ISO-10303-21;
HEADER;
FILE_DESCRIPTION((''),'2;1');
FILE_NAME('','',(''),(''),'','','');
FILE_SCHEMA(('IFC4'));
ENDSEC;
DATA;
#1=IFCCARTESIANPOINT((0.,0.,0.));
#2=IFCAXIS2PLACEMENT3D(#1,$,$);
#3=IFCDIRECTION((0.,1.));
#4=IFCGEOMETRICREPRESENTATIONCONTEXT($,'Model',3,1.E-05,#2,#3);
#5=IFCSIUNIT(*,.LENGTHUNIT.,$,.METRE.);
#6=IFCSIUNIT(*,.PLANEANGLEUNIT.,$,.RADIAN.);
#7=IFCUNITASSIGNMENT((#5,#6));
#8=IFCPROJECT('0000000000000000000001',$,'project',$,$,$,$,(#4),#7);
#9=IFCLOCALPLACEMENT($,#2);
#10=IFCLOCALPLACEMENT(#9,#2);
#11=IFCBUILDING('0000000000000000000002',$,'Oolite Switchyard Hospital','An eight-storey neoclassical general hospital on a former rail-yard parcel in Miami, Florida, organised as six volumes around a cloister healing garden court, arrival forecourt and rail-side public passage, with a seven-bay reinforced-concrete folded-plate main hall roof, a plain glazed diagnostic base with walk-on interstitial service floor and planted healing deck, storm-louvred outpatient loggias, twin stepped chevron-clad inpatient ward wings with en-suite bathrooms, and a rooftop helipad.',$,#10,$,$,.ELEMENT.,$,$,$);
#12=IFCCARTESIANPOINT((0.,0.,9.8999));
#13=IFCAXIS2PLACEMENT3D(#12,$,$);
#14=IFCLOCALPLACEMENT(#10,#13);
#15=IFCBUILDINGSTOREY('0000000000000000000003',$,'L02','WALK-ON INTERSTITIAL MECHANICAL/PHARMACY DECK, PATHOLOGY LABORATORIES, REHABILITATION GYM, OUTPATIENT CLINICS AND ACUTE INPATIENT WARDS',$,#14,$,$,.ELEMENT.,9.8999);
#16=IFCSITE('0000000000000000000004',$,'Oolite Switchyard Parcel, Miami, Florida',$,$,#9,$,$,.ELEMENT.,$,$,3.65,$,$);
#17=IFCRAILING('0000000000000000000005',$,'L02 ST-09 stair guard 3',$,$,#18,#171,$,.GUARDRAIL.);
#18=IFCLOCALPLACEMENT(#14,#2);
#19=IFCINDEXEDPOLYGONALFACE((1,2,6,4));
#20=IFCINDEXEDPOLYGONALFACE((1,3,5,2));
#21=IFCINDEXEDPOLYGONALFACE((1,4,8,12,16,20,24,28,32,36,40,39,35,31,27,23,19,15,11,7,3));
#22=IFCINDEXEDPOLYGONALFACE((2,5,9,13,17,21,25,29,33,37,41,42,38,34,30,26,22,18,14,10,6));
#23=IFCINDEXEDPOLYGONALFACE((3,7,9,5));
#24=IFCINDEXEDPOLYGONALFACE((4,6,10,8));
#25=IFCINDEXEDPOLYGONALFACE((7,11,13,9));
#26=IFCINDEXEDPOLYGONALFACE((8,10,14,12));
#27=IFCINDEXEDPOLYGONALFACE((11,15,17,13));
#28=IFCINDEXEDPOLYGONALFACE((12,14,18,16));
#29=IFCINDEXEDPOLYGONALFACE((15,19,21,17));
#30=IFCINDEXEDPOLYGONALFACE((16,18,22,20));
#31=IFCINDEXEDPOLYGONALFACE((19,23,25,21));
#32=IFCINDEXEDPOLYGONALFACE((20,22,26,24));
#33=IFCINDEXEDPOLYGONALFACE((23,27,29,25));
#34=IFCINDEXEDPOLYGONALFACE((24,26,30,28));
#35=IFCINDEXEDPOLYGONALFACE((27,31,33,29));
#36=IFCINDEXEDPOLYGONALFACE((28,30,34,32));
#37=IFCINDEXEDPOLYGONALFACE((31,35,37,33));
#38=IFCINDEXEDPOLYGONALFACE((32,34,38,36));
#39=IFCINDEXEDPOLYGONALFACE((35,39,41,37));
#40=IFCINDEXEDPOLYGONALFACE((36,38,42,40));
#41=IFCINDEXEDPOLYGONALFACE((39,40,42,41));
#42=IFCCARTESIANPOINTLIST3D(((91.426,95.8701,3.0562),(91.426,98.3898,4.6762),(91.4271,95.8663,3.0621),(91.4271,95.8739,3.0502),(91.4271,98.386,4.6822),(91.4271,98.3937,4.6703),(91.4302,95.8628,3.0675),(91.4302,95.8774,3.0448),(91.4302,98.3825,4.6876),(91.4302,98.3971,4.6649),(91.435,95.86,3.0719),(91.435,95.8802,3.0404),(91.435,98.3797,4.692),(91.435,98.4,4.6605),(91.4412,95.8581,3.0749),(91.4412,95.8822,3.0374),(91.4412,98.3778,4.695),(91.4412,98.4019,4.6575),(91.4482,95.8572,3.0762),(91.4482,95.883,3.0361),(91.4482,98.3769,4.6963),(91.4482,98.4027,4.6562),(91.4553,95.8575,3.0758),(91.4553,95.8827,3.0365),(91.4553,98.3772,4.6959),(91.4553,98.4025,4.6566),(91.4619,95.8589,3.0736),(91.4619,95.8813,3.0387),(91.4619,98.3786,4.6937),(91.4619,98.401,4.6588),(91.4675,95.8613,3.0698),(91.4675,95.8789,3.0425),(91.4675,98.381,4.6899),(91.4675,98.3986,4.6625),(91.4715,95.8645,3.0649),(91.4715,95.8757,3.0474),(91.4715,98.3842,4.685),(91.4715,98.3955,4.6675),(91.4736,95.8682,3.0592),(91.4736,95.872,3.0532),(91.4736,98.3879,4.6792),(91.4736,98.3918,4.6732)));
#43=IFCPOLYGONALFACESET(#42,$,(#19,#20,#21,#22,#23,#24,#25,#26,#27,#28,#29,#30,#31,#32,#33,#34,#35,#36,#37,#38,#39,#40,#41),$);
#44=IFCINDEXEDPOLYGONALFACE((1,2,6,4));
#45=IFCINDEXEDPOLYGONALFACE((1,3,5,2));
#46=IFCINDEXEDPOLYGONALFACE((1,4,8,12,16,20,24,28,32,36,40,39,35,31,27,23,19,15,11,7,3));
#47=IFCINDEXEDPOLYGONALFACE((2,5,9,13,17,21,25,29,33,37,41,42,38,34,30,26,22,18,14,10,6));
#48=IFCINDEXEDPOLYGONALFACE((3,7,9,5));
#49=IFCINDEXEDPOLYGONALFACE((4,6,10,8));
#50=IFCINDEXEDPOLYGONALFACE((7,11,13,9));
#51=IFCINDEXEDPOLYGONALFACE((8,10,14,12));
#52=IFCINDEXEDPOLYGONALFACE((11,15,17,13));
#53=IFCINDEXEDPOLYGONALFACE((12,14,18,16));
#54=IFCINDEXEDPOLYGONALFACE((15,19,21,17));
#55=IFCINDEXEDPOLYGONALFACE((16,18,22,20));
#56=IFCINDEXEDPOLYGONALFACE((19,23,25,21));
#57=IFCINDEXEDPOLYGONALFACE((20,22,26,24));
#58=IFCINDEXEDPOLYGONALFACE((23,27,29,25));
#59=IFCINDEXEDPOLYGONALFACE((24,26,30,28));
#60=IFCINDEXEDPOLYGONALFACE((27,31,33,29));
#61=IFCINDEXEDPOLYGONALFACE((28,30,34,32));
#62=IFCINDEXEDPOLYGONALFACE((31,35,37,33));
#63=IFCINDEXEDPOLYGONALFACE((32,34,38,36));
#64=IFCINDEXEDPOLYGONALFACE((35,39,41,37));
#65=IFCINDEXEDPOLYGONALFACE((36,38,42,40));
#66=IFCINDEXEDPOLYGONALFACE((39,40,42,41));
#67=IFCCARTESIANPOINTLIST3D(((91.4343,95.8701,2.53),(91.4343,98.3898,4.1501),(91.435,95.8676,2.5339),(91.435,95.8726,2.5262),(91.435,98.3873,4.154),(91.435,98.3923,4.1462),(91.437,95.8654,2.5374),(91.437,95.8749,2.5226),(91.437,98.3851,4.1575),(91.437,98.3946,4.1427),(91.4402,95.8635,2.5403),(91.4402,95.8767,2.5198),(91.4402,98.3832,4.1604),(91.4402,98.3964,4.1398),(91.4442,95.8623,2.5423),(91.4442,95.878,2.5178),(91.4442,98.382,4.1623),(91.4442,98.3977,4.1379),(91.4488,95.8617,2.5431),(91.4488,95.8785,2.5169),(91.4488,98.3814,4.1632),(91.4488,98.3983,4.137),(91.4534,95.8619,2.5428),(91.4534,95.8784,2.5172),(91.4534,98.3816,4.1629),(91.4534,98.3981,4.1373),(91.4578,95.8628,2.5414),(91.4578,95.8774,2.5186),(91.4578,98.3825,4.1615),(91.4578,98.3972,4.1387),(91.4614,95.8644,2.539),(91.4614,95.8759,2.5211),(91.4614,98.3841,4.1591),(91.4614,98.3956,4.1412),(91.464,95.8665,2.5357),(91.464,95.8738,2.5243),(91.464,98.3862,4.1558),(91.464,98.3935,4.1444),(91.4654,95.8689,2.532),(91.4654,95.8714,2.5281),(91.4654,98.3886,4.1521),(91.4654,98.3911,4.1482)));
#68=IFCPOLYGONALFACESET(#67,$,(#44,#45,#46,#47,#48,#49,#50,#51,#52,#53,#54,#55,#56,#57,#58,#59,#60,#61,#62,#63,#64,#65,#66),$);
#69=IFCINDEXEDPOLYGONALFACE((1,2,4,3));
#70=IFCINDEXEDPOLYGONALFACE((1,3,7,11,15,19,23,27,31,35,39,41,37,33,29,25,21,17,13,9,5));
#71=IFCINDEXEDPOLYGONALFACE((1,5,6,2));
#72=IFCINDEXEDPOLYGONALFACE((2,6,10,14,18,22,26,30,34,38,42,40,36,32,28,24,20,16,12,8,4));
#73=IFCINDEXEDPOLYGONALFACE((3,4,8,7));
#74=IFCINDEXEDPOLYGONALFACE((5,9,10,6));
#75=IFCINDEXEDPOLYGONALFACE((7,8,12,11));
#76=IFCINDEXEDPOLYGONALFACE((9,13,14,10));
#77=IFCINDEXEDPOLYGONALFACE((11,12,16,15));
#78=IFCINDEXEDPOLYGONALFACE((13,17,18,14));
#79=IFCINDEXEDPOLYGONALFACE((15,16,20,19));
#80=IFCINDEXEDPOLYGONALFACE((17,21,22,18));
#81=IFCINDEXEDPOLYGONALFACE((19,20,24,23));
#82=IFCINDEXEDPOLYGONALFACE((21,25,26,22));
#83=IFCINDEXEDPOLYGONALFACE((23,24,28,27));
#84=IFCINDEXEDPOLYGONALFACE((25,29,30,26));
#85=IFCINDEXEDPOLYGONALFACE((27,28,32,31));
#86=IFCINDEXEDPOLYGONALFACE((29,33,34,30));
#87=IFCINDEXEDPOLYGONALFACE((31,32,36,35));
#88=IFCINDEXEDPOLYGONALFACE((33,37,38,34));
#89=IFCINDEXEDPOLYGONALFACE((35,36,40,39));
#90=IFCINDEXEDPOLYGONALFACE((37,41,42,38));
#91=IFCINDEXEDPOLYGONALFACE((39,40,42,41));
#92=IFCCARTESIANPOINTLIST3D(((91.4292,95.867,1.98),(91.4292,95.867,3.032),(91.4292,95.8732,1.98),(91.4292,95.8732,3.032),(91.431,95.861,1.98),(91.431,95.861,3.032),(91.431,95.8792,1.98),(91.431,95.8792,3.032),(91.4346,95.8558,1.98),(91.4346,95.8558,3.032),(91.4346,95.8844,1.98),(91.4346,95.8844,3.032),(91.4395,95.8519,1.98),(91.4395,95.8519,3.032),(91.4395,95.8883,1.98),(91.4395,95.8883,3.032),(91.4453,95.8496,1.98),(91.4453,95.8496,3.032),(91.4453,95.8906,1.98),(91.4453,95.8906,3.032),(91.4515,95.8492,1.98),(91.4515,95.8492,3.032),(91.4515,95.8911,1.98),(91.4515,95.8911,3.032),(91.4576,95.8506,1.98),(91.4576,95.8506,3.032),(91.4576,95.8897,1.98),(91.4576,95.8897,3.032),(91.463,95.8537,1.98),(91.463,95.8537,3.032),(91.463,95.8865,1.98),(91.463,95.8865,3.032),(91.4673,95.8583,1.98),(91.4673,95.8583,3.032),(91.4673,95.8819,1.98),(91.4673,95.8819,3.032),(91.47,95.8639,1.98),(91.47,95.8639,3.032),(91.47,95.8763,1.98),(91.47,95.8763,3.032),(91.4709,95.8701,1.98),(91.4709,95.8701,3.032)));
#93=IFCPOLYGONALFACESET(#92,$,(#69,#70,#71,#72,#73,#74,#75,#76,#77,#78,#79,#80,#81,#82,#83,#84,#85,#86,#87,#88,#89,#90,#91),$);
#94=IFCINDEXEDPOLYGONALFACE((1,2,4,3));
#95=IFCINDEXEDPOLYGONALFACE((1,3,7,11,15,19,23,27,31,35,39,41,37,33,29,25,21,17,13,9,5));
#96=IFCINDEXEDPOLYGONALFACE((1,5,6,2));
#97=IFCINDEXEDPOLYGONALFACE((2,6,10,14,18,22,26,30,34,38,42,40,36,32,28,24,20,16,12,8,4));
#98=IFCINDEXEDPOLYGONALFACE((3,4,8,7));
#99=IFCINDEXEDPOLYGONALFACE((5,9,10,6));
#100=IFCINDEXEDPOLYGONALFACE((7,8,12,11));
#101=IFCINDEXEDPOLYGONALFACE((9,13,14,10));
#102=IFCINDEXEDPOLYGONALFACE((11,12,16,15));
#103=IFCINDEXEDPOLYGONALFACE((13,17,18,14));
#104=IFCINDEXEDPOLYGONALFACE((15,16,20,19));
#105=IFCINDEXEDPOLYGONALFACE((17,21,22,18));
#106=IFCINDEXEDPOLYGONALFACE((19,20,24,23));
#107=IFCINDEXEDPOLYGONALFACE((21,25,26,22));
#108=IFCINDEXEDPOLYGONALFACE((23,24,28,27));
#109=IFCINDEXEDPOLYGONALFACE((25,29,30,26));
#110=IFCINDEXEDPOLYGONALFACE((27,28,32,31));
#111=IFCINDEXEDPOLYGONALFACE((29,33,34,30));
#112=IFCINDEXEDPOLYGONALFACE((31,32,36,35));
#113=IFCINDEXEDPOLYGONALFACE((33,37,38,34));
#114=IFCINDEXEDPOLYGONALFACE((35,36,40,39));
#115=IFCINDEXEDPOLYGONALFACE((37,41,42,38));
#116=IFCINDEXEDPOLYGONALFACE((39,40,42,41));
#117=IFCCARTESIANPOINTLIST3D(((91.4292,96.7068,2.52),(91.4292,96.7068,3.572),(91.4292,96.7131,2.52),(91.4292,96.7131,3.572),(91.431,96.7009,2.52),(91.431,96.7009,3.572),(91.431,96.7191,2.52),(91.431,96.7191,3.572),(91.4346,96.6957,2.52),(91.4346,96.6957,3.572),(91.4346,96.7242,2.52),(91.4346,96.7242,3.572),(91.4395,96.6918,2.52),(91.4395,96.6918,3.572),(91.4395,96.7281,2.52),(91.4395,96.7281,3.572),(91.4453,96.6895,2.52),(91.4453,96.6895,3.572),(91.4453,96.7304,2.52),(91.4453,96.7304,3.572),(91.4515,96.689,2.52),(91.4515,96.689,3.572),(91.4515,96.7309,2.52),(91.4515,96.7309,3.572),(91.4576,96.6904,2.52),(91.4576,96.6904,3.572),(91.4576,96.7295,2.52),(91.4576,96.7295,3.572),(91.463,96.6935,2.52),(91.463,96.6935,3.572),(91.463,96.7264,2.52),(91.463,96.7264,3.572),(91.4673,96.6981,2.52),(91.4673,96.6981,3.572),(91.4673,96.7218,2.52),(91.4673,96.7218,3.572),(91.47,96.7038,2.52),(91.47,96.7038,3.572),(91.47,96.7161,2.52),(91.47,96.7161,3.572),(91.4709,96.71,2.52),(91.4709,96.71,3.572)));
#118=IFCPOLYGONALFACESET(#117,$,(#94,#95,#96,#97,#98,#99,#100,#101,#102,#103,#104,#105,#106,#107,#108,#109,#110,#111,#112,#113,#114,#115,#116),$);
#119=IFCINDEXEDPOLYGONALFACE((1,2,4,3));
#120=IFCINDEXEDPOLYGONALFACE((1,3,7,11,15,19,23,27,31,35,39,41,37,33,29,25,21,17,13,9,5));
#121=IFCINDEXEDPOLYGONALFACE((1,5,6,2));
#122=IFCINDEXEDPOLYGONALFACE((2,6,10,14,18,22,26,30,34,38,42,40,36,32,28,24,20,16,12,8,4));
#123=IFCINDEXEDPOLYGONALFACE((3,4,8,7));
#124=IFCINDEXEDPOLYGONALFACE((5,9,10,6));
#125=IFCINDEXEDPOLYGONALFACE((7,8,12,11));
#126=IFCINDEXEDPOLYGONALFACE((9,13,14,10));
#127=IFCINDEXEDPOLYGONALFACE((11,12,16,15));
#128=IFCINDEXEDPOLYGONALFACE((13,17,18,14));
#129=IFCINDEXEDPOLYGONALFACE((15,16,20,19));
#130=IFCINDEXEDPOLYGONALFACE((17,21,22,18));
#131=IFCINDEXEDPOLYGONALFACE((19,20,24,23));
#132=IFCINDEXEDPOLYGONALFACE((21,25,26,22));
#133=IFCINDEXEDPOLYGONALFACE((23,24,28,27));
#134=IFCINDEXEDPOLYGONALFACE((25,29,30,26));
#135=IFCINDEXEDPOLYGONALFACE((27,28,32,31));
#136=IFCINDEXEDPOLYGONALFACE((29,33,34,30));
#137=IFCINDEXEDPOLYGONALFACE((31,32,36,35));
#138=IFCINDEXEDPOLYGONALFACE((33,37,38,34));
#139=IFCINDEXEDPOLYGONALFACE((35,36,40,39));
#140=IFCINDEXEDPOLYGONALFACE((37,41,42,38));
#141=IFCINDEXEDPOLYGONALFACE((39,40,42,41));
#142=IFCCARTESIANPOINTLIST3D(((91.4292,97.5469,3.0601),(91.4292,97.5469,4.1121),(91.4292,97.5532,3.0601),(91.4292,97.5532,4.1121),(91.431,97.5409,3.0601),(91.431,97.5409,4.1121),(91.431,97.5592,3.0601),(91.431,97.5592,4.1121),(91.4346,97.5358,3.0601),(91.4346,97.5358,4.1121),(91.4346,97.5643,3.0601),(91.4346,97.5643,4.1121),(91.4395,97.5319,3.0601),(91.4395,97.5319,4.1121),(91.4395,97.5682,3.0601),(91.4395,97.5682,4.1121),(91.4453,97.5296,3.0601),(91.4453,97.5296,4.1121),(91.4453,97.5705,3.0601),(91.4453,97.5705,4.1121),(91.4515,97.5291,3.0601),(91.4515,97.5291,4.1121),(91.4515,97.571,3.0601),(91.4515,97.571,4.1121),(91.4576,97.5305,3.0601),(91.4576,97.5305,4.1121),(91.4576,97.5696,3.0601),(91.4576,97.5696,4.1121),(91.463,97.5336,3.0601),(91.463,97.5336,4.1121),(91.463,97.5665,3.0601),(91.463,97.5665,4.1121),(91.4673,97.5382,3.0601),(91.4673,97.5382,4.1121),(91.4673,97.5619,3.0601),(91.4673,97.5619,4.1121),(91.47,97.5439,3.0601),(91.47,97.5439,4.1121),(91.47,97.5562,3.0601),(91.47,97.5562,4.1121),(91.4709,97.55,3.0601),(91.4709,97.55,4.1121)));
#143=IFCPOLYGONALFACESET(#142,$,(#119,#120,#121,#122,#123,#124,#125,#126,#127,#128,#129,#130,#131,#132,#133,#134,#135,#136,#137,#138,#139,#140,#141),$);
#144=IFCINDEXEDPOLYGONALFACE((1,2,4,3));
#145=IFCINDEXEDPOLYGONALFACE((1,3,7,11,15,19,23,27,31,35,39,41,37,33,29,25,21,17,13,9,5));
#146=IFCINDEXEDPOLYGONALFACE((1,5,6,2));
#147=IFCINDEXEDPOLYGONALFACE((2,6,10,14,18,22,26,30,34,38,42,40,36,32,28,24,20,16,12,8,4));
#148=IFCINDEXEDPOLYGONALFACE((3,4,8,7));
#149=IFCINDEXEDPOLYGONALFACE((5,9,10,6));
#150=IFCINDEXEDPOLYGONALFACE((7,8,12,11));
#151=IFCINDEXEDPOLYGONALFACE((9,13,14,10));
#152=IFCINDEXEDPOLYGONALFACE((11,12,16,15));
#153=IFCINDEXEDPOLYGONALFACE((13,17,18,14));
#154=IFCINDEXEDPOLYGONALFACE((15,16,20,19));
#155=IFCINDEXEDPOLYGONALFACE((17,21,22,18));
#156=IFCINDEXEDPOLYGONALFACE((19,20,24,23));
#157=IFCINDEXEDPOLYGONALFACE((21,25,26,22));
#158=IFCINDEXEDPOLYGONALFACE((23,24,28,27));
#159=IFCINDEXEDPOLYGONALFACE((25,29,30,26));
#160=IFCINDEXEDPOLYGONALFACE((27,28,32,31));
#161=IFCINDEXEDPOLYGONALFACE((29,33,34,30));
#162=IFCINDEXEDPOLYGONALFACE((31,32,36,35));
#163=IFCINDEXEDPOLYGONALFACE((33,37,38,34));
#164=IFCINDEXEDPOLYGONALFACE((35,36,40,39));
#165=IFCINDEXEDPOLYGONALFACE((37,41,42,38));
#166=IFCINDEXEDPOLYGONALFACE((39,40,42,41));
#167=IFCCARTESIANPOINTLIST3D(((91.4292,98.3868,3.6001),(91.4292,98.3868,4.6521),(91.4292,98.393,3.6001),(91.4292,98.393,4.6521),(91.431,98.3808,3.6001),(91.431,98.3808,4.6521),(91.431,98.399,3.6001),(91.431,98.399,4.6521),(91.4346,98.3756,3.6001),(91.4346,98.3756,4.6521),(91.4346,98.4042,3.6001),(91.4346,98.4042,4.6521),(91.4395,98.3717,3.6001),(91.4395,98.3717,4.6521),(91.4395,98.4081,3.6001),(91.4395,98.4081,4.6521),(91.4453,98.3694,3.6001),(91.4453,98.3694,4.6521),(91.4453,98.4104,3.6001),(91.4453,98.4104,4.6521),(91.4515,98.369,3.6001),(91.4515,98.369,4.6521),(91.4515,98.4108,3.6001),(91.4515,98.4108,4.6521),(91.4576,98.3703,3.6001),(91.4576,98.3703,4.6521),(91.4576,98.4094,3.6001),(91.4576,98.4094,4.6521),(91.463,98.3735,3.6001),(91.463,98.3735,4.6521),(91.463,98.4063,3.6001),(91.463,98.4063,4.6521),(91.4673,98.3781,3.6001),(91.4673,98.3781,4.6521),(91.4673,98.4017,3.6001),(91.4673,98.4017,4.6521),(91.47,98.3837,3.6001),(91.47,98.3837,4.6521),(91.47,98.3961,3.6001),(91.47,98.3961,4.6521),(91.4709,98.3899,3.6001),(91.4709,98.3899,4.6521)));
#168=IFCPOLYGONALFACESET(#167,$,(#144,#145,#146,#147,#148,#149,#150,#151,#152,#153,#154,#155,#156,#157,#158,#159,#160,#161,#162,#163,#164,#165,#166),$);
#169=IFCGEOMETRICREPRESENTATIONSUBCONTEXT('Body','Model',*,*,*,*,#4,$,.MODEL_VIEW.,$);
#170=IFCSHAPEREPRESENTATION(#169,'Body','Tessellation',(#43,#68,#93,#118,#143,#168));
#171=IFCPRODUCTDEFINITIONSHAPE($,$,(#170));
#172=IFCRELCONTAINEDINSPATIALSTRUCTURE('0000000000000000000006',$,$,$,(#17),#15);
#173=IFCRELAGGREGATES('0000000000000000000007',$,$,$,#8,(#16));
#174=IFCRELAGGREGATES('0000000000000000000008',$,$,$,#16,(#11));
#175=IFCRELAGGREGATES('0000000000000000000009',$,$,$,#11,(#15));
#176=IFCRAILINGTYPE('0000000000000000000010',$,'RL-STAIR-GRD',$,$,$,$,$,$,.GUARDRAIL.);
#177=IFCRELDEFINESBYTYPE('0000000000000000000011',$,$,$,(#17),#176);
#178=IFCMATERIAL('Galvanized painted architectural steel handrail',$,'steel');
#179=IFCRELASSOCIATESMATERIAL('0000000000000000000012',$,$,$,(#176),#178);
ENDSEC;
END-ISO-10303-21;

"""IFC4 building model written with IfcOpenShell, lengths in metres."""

from ifc_helpers import new_model, si_unit, direction, frame, origin, origin_2d, place, context, subcontext, project, spatial, circle, extrude, material, type_object, element, save


model = new_model("IFC4")

# Units and contexts
model_context = context("Model", 3, precision=1e-05, world=origin(), true_north=direction((0.0, 1.0)))
body_context = subcontext(model_context, "Body", "Model", "MODEL_VIEW")
ifc_project = project(units=[si_unit("LENGTHUNIT", "METRE"), si_unit("PLANEANGLEUNIT", "RADIAN")], contexts=[model_context])

# Site, building, storey
site_placement = place(None, origin())
site = spatial("IfcSite", under=ifc_project, at=site_placement, Name="Oolite Switchyard Parcel, Miami, Florida", CompositionType="ELEMENT", RefElevation=3.65)
building_placement = place(site_placement, origin())
building = spatial("IfcBuilding", under=site, at=building_placement, Name="Oolite Switchyard Hospital", Description="An eight-storey neoclassical general hospital on a former rail-yard parcel in Miami, Florida, organised as six volumes around a cloister healing garden court, arrival forecourt and rail-side public passage, with a seven-bay reinforced-concrete folded-plate main hall roof, a plain glazed diagnostic base with walk-on interstitial service floor and planted healing deck, storm-louvred outpatient loggias, twin stepped chevron-clad inpatient ward wings with en-suite bathrooms, and a rooftop helipad.", CompositionType="ELEMENT")
storey_placement = place(building_placement, frame((0.0, 0.0, 9.8999)))
storey = spatial("IfcBuildingStorey", under=building, at=storey_placement, Name="L02", Description="WALK-ON INTERSTITIAL MECHANICAL/PHARMACY DECK, PATHOLOGY LABORATORIES, REHABILITATION GYM, OUTPATIENT CLINICS AND ACUTE INPATIENT WARDS", CompositionType="ELEMENT", Elevation=9.8999)

# Railing
ifc_material_1 = material(Name="Galvanized painted architectural steel handrail", Category="steel")
railing_type_1 = type_object("IfcRailingType", Name="RL-STAIR-GRD", PredefinedType="GUARDRAIL", material=ifc_material_1)
railing_1_placement = place(storey_placement, frame((91.45, 95.8701, 1.98)))
element("IfcRailing", 1, at=railing_1_placement, inside=storey, type_object=railing_type_1, Name="L02 ST-09 stair guard 3", PredefinedType="GUARDRAIL", context=body_context, shape_type="SweptSolid", body=[
    extrude(circle(Radius=0.0239, at=origin_2d()), frame((0.0, 0.0, 1.0762), z_axis=(0.0, 0.841139, 0.540819), x_axis=(-1.0, 0.0, 0.0)), (0.0, 0.0, 1.0), 2.9956),
    extrude(circle(Radius=0.0156, at=origin_2d()), frame((0.0, 0.0, 0.55), z_axis=(0.0, 0.841139, 0.540819), x_axis=(-1.0, 0.0, 0.0)), (0.0, 0.0, 1.0), 2.9956),
    extrude(circle(Radius=0.021, at=origin_2d()), origin(), (0.0, 0.0, 1.0), 1.052),
    extrude(circle(Radius=0.021, at=origin_2d()), frame((0.0, 0.8398, 0.54)), (0.0, 0.0, 1.0), 1.052),
    extrude(circle(Radius=0.021, at=origin_2d()), frame((0.0, 1.6799, 1.0801)), (0.0, 0.0, 1.0), 1.052),
    extrude(circle(Radius=0.021, at=origin_2d()), frame((0.0, 2.5198, 1.6201)), (0.0, 0.0, 1.0), 1.052),
])

save(model, "model.ifc")
